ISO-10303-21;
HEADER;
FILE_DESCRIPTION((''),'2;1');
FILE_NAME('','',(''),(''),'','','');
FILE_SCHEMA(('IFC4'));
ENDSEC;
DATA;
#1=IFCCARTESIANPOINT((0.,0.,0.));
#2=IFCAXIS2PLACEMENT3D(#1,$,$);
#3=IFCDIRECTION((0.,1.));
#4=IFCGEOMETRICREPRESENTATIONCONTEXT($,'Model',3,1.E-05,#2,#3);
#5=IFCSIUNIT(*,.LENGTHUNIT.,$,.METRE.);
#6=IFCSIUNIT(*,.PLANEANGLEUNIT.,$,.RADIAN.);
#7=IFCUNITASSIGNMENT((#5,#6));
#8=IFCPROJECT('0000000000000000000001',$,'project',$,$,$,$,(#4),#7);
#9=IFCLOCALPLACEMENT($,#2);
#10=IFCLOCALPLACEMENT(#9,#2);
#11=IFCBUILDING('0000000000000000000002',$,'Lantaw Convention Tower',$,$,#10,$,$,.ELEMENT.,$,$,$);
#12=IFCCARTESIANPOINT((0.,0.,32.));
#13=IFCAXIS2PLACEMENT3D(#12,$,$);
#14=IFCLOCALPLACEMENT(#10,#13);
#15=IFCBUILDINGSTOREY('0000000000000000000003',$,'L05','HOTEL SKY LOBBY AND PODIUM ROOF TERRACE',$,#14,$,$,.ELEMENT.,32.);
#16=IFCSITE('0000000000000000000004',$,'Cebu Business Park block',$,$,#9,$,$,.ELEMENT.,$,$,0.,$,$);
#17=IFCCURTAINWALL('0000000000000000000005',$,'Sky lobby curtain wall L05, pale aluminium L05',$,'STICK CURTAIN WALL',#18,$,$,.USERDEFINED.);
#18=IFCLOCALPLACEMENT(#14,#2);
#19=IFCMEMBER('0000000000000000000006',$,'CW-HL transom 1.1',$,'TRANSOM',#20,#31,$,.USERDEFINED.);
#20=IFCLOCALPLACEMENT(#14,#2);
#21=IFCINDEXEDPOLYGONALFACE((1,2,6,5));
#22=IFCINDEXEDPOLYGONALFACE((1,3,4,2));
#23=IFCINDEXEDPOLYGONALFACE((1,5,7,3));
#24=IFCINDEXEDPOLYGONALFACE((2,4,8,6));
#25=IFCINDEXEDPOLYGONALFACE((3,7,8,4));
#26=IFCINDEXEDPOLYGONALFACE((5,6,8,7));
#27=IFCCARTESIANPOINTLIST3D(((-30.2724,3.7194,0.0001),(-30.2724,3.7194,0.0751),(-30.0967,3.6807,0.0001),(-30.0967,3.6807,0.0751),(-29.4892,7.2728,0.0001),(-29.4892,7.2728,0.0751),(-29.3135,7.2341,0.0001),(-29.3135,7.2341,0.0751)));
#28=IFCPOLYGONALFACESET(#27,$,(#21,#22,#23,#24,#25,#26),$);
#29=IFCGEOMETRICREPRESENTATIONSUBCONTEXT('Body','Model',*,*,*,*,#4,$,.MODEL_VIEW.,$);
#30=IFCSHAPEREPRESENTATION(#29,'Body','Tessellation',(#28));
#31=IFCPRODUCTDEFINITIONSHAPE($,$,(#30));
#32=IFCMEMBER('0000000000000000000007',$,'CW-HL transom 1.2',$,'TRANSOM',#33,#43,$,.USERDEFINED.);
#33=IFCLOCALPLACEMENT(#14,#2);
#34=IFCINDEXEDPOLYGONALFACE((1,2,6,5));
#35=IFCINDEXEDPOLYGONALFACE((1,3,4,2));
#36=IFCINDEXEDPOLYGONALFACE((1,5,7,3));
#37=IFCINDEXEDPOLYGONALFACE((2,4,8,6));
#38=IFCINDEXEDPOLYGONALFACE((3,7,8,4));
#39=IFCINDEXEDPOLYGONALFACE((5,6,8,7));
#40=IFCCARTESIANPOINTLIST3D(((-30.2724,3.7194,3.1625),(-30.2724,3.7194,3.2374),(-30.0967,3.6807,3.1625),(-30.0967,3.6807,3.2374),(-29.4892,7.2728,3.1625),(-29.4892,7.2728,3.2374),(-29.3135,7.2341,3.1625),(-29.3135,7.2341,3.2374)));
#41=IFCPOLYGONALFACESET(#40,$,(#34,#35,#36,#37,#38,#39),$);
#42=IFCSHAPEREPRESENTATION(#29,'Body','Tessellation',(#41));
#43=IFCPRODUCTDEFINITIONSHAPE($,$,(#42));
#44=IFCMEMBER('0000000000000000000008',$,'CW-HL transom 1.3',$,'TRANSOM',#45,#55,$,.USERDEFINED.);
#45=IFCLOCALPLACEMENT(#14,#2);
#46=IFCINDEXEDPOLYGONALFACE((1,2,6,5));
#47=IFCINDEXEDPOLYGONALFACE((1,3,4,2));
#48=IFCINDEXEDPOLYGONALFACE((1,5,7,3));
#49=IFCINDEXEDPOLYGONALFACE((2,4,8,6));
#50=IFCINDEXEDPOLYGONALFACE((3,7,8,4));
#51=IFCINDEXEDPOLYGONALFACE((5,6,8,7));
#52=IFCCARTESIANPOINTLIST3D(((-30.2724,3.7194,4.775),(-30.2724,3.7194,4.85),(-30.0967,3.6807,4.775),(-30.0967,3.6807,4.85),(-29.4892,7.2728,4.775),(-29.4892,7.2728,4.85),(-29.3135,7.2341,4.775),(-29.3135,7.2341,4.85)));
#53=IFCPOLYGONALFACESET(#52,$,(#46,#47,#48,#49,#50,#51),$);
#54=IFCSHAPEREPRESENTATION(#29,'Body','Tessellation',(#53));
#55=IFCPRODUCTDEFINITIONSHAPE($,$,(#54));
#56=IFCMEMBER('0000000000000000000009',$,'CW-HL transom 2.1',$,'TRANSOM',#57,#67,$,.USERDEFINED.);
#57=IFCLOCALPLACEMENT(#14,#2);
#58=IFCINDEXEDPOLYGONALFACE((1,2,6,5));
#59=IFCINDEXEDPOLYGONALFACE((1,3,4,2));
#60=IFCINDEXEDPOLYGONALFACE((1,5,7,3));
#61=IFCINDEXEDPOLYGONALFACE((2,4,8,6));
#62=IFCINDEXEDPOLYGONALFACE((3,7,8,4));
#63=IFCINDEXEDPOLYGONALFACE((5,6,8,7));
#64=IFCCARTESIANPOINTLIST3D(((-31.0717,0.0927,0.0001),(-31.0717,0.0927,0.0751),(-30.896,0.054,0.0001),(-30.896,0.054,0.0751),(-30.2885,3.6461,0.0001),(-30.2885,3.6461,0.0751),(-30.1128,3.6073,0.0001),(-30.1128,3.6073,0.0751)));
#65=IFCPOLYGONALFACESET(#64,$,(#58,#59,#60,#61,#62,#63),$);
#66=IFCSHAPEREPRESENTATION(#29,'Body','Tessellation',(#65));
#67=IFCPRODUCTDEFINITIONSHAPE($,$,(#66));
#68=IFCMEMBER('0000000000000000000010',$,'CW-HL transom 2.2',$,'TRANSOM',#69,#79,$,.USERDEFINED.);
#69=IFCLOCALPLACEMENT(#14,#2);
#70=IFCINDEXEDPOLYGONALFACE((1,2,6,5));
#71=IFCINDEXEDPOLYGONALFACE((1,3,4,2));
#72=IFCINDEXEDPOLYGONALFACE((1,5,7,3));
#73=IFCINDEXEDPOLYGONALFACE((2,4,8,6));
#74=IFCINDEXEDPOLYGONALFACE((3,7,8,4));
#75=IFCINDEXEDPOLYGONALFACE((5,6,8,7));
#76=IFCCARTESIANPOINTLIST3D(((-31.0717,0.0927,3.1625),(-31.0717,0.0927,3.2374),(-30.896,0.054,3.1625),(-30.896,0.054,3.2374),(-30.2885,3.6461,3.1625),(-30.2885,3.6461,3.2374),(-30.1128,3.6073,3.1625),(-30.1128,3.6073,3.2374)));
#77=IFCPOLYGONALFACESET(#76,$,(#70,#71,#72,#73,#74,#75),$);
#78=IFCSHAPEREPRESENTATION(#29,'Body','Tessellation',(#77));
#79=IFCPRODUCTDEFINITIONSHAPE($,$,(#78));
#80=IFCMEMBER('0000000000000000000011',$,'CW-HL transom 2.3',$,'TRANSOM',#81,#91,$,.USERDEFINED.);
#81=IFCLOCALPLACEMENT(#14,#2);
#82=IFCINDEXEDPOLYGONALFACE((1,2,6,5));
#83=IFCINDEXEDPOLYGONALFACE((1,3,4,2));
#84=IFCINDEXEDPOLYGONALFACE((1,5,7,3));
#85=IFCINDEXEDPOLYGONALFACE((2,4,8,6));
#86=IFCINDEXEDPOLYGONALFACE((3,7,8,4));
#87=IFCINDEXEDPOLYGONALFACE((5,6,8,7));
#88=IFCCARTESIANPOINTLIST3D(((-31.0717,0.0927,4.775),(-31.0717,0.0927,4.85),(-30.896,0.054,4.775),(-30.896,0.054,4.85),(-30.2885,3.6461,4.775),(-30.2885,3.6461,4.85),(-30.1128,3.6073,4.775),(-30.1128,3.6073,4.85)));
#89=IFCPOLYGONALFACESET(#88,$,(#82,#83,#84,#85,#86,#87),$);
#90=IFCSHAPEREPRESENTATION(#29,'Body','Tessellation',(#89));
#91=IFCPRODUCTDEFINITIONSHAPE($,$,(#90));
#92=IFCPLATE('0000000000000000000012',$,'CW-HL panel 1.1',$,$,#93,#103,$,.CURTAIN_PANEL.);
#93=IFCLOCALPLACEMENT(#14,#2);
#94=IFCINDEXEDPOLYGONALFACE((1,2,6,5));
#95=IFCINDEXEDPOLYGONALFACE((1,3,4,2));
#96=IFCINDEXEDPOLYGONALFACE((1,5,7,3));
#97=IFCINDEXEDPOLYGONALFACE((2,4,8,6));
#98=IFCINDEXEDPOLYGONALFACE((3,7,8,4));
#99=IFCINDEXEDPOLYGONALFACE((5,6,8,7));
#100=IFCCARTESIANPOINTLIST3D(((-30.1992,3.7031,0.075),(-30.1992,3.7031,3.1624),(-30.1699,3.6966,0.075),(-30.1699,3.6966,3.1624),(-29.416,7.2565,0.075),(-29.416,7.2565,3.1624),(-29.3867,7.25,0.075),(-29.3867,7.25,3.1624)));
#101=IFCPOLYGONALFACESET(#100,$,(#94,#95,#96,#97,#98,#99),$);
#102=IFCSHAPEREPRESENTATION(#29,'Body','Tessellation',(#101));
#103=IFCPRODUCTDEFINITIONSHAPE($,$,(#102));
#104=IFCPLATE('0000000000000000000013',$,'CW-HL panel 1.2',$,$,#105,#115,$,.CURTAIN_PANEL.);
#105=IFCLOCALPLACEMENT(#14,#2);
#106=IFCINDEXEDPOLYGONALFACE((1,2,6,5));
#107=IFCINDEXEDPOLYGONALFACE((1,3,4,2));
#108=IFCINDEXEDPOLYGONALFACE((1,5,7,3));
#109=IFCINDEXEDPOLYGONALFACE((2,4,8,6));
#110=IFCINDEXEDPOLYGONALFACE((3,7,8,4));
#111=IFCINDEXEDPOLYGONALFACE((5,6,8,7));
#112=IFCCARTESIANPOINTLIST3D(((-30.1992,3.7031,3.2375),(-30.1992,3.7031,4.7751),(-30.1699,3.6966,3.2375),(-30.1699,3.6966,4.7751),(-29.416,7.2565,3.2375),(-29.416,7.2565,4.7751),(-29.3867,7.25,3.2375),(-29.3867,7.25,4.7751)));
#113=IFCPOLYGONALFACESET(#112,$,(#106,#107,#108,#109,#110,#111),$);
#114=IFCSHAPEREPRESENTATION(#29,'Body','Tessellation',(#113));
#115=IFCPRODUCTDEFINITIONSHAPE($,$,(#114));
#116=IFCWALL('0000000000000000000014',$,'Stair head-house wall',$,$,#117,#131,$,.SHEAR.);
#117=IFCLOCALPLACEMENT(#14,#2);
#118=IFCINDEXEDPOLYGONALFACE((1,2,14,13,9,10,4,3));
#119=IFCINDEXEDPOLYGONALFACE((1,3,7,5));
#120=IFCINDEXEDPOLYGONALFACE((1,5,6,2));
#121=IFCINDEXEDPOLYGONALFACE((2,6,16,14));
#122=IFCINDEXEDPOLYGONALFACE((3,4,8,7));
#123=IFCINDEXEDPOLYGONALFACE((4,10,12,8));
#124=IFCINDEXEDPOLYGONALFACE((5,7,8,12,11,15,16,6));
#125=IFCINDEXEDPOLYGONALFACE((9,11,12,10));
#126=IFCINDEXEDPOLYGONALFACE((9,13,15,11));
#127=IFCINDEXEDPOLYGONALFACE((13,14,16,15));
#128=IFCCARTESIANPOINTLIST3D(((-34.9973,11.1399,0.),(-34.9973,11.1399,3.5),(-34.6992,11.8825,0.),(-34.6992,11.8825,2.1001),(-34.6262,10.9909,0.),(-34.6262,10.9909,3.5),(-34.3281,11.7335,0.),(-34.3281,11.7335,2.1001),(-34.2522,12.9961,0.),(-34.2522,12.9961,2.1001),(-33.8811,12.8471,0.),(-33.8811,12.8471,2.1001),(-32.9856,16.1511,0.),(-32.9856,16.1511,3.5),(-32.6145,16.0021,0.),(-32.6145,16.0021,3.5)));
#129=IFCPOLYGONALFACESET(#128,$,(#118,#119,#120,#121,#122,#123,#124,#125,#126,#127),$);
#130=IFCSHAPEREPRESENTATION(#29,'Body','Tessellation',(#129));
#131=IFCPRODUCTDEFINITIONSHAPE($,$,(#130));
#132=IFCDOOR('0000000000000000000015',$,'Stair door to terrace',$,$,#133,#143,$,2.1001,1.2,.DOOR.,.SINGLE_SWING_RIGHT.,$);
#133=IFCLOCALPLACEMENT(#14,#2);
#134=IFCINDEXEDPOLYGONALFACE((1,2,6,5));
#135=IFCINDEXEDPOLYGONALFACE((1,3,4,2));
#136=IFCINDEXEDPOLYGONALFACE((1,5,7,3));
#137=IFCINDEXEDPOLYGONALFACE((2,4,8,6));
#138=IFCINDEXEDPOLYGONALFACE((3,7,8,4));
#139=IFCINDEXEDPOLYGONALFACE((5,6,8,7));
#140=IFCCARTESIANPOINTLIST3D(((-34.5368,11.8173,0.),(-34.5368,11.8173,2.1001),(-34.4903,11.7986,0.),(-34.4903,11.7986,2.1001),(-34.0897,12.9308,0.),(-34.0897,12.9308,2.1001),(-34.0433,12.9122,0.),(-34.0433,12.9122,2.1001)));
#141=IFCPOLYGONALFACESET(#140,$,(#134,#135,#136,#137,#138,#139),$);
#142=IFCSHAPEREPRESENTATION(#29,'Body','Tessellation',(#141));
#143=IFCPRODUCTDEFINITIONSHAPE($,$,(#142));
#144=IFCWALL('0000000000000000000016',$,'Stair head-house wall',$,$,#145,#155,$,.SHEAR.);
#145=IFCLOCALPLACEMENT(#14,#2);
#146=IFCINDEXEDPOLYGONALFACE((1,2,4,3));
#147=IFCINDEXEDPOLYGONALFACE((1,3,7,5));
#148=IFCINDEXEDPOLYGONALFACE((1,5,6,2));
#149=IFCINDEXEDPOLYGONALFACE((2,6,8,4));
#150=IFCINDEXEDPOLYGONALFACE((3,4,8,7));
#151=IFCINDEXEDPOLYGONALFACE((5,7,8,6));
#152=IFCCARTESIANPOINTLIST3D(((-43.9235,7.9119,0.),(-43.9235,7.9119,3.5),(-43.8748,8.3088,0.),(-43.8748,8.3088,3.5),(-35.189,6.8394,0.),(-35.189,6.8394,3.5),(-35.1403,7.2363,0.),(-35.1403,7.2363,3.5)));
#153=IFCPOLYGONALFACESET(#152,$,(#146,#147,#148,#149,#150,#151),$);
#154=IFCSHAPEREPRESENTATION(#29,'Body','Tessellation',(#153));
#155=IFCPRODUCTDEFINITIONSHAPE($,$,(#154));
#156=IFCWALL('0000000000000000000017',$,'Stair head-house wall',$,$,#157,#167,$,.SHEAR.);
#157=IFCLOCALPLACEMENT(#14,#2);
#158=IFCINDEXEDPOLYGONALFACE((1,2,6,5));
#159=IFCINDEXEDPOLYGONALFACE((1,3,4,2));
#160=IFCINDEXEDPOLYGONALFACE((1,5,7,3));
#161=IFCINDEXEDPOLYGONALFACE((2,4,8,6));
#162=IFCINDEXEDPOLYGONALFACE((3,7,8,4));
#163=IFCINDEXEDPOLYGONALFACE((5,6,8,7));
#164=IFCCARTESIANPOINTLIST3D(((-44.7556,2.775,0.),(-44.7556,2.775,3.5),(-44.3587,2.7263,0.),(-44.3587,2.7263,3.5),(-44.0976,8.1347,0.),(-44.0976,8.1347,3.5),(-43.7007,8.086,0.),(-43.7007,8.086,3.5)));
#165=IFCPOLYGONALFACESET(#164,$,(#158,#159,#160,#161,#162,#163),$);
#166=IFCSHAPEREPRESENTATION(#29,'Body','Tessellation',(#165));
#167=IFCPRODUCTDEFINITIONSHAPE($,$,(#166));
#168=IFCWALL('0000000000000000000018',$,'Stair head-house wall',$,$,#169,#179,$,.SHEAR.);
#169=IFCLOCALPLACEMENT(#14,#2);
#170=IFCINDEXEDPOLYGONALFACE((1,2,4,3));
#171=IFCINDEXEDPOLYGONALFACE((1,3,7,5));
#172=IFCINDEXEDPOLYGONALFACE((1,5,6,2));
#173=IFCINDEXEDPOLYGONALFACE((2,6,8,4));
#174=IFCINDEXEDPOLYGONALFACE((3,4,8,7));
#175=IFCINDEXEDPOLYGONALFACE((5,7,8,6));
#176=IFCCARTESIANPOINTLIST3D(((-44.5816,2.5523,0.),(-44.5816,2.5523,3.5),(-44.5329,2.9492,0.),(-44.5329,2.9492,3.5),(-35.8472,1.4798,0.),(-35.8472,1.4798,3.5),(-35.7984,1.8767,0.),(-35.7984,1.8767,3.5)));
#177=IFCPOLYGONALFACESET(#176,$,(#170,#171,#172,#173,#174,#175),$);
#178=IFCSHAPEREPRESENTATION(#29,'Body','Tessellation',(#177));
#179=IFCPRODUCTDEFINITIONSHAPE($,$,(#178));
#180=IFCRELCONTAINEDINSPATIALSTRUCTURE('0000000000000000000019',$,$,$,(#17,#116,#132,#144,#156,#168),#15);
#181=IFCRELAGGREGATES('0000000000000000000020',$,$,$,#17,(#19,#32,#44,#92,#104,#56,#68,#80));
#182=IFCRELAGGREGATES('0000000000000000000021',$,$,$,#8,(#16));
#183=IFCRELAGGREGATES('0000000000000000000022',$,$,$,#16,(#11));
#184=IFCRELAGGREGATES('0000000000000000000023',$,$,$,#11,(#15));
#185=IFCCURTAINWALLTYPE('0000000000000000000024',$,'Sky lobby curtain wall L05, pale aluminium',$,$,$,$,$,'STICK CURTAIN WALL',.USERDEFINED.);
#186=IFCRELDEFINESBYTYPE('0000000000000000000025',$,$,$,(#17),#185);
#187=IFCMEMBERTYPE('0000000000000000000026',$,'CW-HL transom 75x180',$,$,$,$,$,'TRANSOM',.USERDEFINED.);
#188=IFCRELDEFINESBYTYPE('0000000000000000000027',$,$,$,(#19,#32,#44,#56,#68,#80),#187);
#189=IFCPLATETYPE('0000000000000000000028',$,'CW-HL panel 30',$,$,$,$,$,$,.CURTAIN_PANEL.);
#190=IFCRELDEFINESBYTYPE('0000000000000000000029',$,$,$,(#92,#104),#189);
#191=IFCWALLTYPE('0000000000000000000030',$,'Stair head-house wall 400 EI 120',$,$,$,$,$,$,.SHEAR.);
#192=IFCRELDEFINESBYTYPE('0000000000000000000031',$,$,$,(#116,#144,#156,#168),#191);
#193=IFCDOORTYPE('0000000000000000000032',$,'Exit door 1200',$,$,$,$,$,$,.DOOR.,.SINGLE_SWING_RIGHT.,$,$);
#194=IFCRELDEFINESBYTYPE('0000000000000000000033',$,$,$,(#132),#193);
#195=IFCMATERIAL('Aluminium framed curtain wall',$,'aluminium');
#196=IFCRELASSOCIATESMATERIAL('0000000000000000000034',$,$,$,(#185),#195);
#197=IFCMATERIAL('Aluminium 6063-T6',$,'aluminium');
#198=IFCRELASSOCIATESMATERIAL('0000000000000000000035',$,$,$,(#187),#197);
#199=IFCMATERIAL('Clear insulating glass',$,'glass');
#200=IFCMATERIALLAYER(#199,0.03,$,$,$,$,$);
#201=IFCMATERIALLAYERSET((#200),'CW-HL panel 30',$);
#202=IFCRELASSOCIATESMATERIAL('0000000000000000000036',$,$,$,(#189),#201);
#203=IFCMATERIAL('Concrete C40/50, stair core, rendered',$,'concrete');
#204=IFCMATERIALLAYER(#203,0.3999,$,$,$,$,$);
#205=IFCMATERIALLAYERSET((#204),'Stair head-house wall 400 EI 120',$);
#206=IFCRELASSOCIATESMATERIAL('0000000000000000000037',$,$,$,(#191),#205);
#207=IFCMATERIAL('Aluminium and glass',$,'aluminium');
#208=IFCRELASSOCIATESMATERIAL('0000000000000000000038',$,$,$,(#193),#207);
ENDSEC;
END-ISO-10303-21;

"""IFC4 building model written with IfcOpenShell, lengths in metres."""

from ifc_helpers import new_model, si_unit, direction, frame, frame_2d, origin, origin_2d, place, context, subcontext, project, spatial, rectangle, extrude, material, layer, layer_set, material_profile, profile_set, type_object, element, fill, aggregate, save


model = new_model("IFC4")

# Units and contexts
model_context = context("Model", 3, precision=1e-05, world=origin(), true_north=direction((0.0, 1.0)))
body_context = subcontext(model_context, "Body", "Model", "MODEL_VIEW")
ifc_project = project(units=[si_unit("LENGTHUNIT", "METRE"), si_unit("PLANEANGLEUNIT", "RADIAN")], contexts=[model_context])

# Site, building, storey
site_placement = place(None, origin())
site = spatial("IfcSite", under=ifc_project, at=site_placement, Name="Cebu Business Park block", CompositionType="ELEMENT", RefElevation=0.0)
building_placement = place(site_placement, origin())
building = spatial("IfcBuilding", under=site, at=building_placement, Name="Lantaw Convention Tower", CompositionType="ELEMENT")
storey_placement = place(building_placement, frame((0.0, 0.0, 32.0)))
storey = spatial("IfcBuildingStorey", under=building, at=storey_placement, Name="L05", Description="HOTEL SKY LOBBY AND PODIUM ROOF TERRACE", CompositionType="ELEMENT", Elevation=32.0)

# Shared definitions
ifc_material_1 = material(Name="Aluminium framed curtain wall", Category="aluminium")
curtain_wall_type = type_object("IfcCurtainWallType", Name="Sky lobby curtain wall L05, pale aluminium", ElementType="STICK CURTAIN WALL", PredefinedType="USERDEFINED", material=ifc_material_1)
ifc_material_2 = material(Name="Aluminium 6063-T6", Category="aluminium")

# Curtain wall, members, plates
curtain_wall_1_placement = place(storey_placement, origin())
curtain_wall_1 = element("IfcCurtainWall", 1, at=curtain_wall_1_placement, inside=storey, type_object=curtain_wall_type, Name="Sky lobby curtain wall L05, pale aluminium L05", ObjectType="STICK CURTAIN WALL", PredefinedType="USERDEFINED")
ifc_material_profile_1 = material_profile(ifc_material_2, rectangle(XDim=0.1799, YDim=0.075, at=origin_2d()), Name="CW-HL transom 75x180")
ifc_profile_set_1 = profile_set([ifc_material_profile_1], Name="Aluminium 6063-T6")
member_type_1 = type_object("IfcMemberType", Name="CW-HL transom 75x180", ElementType="TRANSOM", PredefinedType="USERDEFINED", material=ifc_profile_set_1)
member_1_placement = place(storey_placement, frame((-29.4014, 7.2534, 0.0376), z_axis=(-0.215239, -0.976561, 0.0), x_axis=(0.976561, -0.215239, 0.0)))
member_1 = element("IfcMember", 2, at=member_1_placement, type_object=member_type_1, Name="CW-HL transom 1.1", ObjectType="TRANSOM", PredefinedType="USERDEFINED", context=body_context, shape_type="SweptSolid", body=[
    extrude(rectangle(XDim=0.1799, YDim=0.075, at=origin_2d()), origin(), (0.0, 0.0, 1.0), 3.6387),
])
member_2_placement = place(storey_placement, frame((-29.4014, 7.2534, 3.2), z_axis=(-0.215239, -0.976561, 0.0), x_axis=(0.976561, -0.215239, 0.0)))
member_2 = element("IfcMember", 3, at=member_2_placement, type_object=member_type_1, Name="CW-HL transom 1.2", ObjectType="TRANSOM", PredefinedType="USERDEFINED", context=body_context, shape_type="SweptSolid", body=[
    extrude(rectangle(XDim=0.1799, YDim=0.075, at=origin_2d()), origin(), (0.0, 0.0, 1.0), 3.6387),
])
member_3_placement = place(storey_placement, frame((-29.4014, 7.2534, 4.8125), z_axis=(-0.215239, -0.976561, 0.0), x_axis=(0.976561, -0.215239, 0.0)))
member_3 = element("IfcMember", 4, at=member_3_placement, type_object=member_type_1, Name="CW-HL transom 1.3", ObjectType="TRANSOM", PredefinedType="USERDEFINED", context=body_context, shape_type="SweptSolid", body=[
    extrude(rectangle(XDim=0.1799, YDim=0.075, at=origin_2d()), origin(), (0.0, 0.0, 1.0), 3.6387),
])
member_4_placement = place(storey_placement, frame((-30.2007, 3.6267, 0.0376), z_axis=(-0.215239, -0.976561, 0.0), x_axis=(0.976561, -0.215239, 0.0)))
member_4 = element("IfcMember", 5, at=member_4_placement, type_object=member_type_1, Name="CW-HL transom 2.1", ObjectType="TRANSOM", PredefinedType="USERDEFINED", context=body_context, shape_type="SweptSolid", body=[
    extrude(rectangle(XDim=0.1799, YDim=0.075, at=origin_2d()), origin(), (0.0, 0.0, 1.0), 3.6387),
])
member_5_placement = place(storey_placement, frame((-30.2007, 3.6267, 3.2), z_axis=(-0.215239, -0.976561, 0.0), x_axis=(0.976561, -0.215239, 0.0)))
member_5 = element("IfcMember", 6, at=member_5_placement, type_object=member_type_1, Name="CW-HL transom 2.2", ObjectType="TRANSOM", PredefinedType="USERDEFINED", context=body_context, shape_type="SweptSolid", body=[
    extrude(rectangle(XDim=0.1799, YDim=0.075, at=origin_2d()), origin(), (0.0, 0.0, 1.0), 3.6387),
])
member_6_placement = place(storey_placement, frame((-30.2007, 3.6267, 4.8125), z_axis=(-0.215239, -0.976561, 0.0), x_axis=(0.976561, -0.215239, 0.0)))
member_6 = element("IfcMember", 7, at=member_6_placement, type_object=member_type_1, Name="CW-HL transom 2.3", ObjectType="TRANSOM", PredefinedType="USERDEFINED", context=body_context, shape_type="SweptSolid", body=[
    extrude(rectangle(XDim=0.1799, YDim=0.075, at=origin_2d()), origin(), (0.0, 0.0, 1.0), 3.6387),
])
ifc_material_3 = material(Name="Clear insulating glass", Category="glass")
ifc_layer_1 = layer(ifc_material_3, 0.03)
ifc_layer_set_1 = layer_set([ifc_layer_1], Name="CW-HL panel 30")
plate_type = type_object("IfcPlateType", Name="CW-HL panel 30", PredefinedType="CURTAIN_PANEL", material=ifc_layer_set_1)
plate_1_placement = place(storey_placement, frame((-29.793, 5.4766, 0.075), z_axis=(0.0, 0.0, 1.0), x_axis=(-0.215246, -0.97656, 0.0)))
plate_1 = element("IfcPlate", 8, at=plate_1_placement, type_object=plate_type, Name="CW-HL panel 1.1", PredefinedType="CURTAIN_PANEL", context=body_context, shape_type="SweptSolid", body=[
    extrude(rectangle(XDim=3.6387, YDim=0.03, at=origin_2d()), origin(), (0.0, 0.0, 1.0), 3.0874),
])
plate_2_placement = place(storey_placement, frame((-29.793, 5.4766, 3.2375), z_axis=(0.0, 0.0, 1.0), x_axis=(-0.215246, -0.97656, 0.0)))
plate_2 = element("IfcPlate", 9, at=plate_2_placement, type_object=plate_type, Name="CW-HL panel 1.2", PredefinedType="CURTAIN_PANEL", context=body_context, shape_type="SweptSolid", body=[
    extrude(rectangle(XDim=3.6387, YDim=0.03, at=origin_2d()), origin(), (0.0, 0.0, 1.0), 1.5376),
])
aggregate(curtain_wall_1, [member_1, member_2, member_3, plate_1, plate_2, member_4, member_5, member_6])

# Wall, opening, door
ifc_material_4 = material(Name="Concrete C40/50, stair core, rendered", Category="concrete")
ifc_layer_2 = layer(ifc_material_4, 0.3999)
ifc_layer_set_2 = layer_set([ifc_layer_2], Name="Stair head-house wall 400 EI 120")
wall_type = type_object("IfcWallType", Name="Stair head-house wall 400 EI 120", PredefinedType="SHEAR", material=ifc_layer_set_2)
wall_1_placement = place(storey_placement, frame((-34.8118, 11.0654, 0.0), z_axis=(0.0, 0.0, 1.0), x_axis=(0.372544, 0.928015, 0.0)))
wall_1 = element("IfcWall", 10, at=wall_1_placement, inside=storey, type_object=wall_type, Name="Stair head-house wall", PredefinedType="SHEAR", context=body_context, shape_type="SweptSolid", body=[
    extrude(rectangle(XDim=5.3999, YDim=0.3999, at=frame_2d((2.7, 0.0))), origin(), (0.0, 0.0, 1.0), 3.5),
])
opening_placement = place(wall_1_placement, frame((0.8, 0.0, 0.0)))
opening = element("IfcOpeningElement", 11, at=opening_placement, cuts=wall_1, PredefinedType="OPENING", context=body_context, shape_type="SweptSolid", body=[
    extrude(rectangle(XDim=1.2, YDim=2.1001, at=frame_2d((0.6001, 1.05))), frame((0.0, 0.21, 0.0), z_axis=(0.0, -1.0, 0.0), x_axis=(1.0, 0.0, 0.0)), (0.0, 0.0, 1.0), 0.4199),
])
ifc_material_5 = material(Name="Aluminium and glass", Category="aluminium")
door_type = type_object("IfcDoorType", Name="Exit door 1200", OperationType="SINGLE_SWING_RIGHT", PredefinedType="DOOR", material=ifc_material_5)
door_placement = place(opening_placement, origin())
door = element("IfcDoor", 12, at=door_placement, inside=storey, type_object=door_type, Name="Stair door to terrace", OperationType="SINGLE_SWING_RIGHT", OverallHeight=2.1001, OverallWidth=1.2, PredefinedType="DOOR", context=body_context, shape_type="SweptSolid", body=[
    extrude(rectangle(XDim=1.2, YDim=2.1001, at=frame_2d((0.6001, 1.05))), frame((0.0, 0.0249, 0.0), z_axis=(0.0, -1.0, 0.0), x_axis=(1.0, 0.0, 0.0)), (0.0, 0.0, 1.0), 0.05),
])
fill(opening, door)

# Walls
wall_2_placement = place(storey_placement, frame((-35.1648, 7.0378, 0.0), z_axis=(0.0, 0.0, 1.0), x_axis=(-0.992545, 0.121876, 0.0)))
element("IfcWall", 13, at=wall_2_placement, inside=storey, type_object=wall_type, Name="Stair head-house wall", PredefinedType="SHEAR", context=body_context, shape_type="SweptSolid", body=[
    extrude(rectangle(XDim=8.8, YDim=0.3999, at=frame_2d((4.3999, 0.0))), origin(), (0.0, 0.0, 1.0), 3.5),
])
wall_3_placement = place(storey_placement, frame((-43.8992, 8.1104, 0.0), z_axis=(0.0, 0.0, 1.0), x_axis=(-0.121848, -0.992549, 0.0)))
element("IfcWall", 14, at=wall_3_placement, inside=storey, type_object=wall_type, Name="Stair head-house wall", PredefinedType="SHEAR", context=body_context, shape_type="SweptSolid", body=[
    extrude(rectangle(XDim=5.3999, YDim=0.3999, at=frame_2d((2.7, 0.0))), origin(), (0.0, 0.0, 1.0), 3.5),
])
wall_4_placement = place(storey_placement, frame((-44.5571, 2.7507, 0.0), z_axis=(0.0, 0.0, 1.0), x_axis=(0.992545, -0.121876, 0.0)))
element("IfcWall", 15, at=wall_4_placement, inside=storey, type_object=wall_type, Name="Stair head-house wall", PredefinedType="SHEAR", context=body_context, shape_type="SweptSolid", body=[
    extrude(rectangle(XDim=8.8, YDim=0.3999, at=frame_2d((4.3999, 0.0))), origin(), (0.0, 0.0, 1.0), 3.5),
])

save(model, "model.ifc")
